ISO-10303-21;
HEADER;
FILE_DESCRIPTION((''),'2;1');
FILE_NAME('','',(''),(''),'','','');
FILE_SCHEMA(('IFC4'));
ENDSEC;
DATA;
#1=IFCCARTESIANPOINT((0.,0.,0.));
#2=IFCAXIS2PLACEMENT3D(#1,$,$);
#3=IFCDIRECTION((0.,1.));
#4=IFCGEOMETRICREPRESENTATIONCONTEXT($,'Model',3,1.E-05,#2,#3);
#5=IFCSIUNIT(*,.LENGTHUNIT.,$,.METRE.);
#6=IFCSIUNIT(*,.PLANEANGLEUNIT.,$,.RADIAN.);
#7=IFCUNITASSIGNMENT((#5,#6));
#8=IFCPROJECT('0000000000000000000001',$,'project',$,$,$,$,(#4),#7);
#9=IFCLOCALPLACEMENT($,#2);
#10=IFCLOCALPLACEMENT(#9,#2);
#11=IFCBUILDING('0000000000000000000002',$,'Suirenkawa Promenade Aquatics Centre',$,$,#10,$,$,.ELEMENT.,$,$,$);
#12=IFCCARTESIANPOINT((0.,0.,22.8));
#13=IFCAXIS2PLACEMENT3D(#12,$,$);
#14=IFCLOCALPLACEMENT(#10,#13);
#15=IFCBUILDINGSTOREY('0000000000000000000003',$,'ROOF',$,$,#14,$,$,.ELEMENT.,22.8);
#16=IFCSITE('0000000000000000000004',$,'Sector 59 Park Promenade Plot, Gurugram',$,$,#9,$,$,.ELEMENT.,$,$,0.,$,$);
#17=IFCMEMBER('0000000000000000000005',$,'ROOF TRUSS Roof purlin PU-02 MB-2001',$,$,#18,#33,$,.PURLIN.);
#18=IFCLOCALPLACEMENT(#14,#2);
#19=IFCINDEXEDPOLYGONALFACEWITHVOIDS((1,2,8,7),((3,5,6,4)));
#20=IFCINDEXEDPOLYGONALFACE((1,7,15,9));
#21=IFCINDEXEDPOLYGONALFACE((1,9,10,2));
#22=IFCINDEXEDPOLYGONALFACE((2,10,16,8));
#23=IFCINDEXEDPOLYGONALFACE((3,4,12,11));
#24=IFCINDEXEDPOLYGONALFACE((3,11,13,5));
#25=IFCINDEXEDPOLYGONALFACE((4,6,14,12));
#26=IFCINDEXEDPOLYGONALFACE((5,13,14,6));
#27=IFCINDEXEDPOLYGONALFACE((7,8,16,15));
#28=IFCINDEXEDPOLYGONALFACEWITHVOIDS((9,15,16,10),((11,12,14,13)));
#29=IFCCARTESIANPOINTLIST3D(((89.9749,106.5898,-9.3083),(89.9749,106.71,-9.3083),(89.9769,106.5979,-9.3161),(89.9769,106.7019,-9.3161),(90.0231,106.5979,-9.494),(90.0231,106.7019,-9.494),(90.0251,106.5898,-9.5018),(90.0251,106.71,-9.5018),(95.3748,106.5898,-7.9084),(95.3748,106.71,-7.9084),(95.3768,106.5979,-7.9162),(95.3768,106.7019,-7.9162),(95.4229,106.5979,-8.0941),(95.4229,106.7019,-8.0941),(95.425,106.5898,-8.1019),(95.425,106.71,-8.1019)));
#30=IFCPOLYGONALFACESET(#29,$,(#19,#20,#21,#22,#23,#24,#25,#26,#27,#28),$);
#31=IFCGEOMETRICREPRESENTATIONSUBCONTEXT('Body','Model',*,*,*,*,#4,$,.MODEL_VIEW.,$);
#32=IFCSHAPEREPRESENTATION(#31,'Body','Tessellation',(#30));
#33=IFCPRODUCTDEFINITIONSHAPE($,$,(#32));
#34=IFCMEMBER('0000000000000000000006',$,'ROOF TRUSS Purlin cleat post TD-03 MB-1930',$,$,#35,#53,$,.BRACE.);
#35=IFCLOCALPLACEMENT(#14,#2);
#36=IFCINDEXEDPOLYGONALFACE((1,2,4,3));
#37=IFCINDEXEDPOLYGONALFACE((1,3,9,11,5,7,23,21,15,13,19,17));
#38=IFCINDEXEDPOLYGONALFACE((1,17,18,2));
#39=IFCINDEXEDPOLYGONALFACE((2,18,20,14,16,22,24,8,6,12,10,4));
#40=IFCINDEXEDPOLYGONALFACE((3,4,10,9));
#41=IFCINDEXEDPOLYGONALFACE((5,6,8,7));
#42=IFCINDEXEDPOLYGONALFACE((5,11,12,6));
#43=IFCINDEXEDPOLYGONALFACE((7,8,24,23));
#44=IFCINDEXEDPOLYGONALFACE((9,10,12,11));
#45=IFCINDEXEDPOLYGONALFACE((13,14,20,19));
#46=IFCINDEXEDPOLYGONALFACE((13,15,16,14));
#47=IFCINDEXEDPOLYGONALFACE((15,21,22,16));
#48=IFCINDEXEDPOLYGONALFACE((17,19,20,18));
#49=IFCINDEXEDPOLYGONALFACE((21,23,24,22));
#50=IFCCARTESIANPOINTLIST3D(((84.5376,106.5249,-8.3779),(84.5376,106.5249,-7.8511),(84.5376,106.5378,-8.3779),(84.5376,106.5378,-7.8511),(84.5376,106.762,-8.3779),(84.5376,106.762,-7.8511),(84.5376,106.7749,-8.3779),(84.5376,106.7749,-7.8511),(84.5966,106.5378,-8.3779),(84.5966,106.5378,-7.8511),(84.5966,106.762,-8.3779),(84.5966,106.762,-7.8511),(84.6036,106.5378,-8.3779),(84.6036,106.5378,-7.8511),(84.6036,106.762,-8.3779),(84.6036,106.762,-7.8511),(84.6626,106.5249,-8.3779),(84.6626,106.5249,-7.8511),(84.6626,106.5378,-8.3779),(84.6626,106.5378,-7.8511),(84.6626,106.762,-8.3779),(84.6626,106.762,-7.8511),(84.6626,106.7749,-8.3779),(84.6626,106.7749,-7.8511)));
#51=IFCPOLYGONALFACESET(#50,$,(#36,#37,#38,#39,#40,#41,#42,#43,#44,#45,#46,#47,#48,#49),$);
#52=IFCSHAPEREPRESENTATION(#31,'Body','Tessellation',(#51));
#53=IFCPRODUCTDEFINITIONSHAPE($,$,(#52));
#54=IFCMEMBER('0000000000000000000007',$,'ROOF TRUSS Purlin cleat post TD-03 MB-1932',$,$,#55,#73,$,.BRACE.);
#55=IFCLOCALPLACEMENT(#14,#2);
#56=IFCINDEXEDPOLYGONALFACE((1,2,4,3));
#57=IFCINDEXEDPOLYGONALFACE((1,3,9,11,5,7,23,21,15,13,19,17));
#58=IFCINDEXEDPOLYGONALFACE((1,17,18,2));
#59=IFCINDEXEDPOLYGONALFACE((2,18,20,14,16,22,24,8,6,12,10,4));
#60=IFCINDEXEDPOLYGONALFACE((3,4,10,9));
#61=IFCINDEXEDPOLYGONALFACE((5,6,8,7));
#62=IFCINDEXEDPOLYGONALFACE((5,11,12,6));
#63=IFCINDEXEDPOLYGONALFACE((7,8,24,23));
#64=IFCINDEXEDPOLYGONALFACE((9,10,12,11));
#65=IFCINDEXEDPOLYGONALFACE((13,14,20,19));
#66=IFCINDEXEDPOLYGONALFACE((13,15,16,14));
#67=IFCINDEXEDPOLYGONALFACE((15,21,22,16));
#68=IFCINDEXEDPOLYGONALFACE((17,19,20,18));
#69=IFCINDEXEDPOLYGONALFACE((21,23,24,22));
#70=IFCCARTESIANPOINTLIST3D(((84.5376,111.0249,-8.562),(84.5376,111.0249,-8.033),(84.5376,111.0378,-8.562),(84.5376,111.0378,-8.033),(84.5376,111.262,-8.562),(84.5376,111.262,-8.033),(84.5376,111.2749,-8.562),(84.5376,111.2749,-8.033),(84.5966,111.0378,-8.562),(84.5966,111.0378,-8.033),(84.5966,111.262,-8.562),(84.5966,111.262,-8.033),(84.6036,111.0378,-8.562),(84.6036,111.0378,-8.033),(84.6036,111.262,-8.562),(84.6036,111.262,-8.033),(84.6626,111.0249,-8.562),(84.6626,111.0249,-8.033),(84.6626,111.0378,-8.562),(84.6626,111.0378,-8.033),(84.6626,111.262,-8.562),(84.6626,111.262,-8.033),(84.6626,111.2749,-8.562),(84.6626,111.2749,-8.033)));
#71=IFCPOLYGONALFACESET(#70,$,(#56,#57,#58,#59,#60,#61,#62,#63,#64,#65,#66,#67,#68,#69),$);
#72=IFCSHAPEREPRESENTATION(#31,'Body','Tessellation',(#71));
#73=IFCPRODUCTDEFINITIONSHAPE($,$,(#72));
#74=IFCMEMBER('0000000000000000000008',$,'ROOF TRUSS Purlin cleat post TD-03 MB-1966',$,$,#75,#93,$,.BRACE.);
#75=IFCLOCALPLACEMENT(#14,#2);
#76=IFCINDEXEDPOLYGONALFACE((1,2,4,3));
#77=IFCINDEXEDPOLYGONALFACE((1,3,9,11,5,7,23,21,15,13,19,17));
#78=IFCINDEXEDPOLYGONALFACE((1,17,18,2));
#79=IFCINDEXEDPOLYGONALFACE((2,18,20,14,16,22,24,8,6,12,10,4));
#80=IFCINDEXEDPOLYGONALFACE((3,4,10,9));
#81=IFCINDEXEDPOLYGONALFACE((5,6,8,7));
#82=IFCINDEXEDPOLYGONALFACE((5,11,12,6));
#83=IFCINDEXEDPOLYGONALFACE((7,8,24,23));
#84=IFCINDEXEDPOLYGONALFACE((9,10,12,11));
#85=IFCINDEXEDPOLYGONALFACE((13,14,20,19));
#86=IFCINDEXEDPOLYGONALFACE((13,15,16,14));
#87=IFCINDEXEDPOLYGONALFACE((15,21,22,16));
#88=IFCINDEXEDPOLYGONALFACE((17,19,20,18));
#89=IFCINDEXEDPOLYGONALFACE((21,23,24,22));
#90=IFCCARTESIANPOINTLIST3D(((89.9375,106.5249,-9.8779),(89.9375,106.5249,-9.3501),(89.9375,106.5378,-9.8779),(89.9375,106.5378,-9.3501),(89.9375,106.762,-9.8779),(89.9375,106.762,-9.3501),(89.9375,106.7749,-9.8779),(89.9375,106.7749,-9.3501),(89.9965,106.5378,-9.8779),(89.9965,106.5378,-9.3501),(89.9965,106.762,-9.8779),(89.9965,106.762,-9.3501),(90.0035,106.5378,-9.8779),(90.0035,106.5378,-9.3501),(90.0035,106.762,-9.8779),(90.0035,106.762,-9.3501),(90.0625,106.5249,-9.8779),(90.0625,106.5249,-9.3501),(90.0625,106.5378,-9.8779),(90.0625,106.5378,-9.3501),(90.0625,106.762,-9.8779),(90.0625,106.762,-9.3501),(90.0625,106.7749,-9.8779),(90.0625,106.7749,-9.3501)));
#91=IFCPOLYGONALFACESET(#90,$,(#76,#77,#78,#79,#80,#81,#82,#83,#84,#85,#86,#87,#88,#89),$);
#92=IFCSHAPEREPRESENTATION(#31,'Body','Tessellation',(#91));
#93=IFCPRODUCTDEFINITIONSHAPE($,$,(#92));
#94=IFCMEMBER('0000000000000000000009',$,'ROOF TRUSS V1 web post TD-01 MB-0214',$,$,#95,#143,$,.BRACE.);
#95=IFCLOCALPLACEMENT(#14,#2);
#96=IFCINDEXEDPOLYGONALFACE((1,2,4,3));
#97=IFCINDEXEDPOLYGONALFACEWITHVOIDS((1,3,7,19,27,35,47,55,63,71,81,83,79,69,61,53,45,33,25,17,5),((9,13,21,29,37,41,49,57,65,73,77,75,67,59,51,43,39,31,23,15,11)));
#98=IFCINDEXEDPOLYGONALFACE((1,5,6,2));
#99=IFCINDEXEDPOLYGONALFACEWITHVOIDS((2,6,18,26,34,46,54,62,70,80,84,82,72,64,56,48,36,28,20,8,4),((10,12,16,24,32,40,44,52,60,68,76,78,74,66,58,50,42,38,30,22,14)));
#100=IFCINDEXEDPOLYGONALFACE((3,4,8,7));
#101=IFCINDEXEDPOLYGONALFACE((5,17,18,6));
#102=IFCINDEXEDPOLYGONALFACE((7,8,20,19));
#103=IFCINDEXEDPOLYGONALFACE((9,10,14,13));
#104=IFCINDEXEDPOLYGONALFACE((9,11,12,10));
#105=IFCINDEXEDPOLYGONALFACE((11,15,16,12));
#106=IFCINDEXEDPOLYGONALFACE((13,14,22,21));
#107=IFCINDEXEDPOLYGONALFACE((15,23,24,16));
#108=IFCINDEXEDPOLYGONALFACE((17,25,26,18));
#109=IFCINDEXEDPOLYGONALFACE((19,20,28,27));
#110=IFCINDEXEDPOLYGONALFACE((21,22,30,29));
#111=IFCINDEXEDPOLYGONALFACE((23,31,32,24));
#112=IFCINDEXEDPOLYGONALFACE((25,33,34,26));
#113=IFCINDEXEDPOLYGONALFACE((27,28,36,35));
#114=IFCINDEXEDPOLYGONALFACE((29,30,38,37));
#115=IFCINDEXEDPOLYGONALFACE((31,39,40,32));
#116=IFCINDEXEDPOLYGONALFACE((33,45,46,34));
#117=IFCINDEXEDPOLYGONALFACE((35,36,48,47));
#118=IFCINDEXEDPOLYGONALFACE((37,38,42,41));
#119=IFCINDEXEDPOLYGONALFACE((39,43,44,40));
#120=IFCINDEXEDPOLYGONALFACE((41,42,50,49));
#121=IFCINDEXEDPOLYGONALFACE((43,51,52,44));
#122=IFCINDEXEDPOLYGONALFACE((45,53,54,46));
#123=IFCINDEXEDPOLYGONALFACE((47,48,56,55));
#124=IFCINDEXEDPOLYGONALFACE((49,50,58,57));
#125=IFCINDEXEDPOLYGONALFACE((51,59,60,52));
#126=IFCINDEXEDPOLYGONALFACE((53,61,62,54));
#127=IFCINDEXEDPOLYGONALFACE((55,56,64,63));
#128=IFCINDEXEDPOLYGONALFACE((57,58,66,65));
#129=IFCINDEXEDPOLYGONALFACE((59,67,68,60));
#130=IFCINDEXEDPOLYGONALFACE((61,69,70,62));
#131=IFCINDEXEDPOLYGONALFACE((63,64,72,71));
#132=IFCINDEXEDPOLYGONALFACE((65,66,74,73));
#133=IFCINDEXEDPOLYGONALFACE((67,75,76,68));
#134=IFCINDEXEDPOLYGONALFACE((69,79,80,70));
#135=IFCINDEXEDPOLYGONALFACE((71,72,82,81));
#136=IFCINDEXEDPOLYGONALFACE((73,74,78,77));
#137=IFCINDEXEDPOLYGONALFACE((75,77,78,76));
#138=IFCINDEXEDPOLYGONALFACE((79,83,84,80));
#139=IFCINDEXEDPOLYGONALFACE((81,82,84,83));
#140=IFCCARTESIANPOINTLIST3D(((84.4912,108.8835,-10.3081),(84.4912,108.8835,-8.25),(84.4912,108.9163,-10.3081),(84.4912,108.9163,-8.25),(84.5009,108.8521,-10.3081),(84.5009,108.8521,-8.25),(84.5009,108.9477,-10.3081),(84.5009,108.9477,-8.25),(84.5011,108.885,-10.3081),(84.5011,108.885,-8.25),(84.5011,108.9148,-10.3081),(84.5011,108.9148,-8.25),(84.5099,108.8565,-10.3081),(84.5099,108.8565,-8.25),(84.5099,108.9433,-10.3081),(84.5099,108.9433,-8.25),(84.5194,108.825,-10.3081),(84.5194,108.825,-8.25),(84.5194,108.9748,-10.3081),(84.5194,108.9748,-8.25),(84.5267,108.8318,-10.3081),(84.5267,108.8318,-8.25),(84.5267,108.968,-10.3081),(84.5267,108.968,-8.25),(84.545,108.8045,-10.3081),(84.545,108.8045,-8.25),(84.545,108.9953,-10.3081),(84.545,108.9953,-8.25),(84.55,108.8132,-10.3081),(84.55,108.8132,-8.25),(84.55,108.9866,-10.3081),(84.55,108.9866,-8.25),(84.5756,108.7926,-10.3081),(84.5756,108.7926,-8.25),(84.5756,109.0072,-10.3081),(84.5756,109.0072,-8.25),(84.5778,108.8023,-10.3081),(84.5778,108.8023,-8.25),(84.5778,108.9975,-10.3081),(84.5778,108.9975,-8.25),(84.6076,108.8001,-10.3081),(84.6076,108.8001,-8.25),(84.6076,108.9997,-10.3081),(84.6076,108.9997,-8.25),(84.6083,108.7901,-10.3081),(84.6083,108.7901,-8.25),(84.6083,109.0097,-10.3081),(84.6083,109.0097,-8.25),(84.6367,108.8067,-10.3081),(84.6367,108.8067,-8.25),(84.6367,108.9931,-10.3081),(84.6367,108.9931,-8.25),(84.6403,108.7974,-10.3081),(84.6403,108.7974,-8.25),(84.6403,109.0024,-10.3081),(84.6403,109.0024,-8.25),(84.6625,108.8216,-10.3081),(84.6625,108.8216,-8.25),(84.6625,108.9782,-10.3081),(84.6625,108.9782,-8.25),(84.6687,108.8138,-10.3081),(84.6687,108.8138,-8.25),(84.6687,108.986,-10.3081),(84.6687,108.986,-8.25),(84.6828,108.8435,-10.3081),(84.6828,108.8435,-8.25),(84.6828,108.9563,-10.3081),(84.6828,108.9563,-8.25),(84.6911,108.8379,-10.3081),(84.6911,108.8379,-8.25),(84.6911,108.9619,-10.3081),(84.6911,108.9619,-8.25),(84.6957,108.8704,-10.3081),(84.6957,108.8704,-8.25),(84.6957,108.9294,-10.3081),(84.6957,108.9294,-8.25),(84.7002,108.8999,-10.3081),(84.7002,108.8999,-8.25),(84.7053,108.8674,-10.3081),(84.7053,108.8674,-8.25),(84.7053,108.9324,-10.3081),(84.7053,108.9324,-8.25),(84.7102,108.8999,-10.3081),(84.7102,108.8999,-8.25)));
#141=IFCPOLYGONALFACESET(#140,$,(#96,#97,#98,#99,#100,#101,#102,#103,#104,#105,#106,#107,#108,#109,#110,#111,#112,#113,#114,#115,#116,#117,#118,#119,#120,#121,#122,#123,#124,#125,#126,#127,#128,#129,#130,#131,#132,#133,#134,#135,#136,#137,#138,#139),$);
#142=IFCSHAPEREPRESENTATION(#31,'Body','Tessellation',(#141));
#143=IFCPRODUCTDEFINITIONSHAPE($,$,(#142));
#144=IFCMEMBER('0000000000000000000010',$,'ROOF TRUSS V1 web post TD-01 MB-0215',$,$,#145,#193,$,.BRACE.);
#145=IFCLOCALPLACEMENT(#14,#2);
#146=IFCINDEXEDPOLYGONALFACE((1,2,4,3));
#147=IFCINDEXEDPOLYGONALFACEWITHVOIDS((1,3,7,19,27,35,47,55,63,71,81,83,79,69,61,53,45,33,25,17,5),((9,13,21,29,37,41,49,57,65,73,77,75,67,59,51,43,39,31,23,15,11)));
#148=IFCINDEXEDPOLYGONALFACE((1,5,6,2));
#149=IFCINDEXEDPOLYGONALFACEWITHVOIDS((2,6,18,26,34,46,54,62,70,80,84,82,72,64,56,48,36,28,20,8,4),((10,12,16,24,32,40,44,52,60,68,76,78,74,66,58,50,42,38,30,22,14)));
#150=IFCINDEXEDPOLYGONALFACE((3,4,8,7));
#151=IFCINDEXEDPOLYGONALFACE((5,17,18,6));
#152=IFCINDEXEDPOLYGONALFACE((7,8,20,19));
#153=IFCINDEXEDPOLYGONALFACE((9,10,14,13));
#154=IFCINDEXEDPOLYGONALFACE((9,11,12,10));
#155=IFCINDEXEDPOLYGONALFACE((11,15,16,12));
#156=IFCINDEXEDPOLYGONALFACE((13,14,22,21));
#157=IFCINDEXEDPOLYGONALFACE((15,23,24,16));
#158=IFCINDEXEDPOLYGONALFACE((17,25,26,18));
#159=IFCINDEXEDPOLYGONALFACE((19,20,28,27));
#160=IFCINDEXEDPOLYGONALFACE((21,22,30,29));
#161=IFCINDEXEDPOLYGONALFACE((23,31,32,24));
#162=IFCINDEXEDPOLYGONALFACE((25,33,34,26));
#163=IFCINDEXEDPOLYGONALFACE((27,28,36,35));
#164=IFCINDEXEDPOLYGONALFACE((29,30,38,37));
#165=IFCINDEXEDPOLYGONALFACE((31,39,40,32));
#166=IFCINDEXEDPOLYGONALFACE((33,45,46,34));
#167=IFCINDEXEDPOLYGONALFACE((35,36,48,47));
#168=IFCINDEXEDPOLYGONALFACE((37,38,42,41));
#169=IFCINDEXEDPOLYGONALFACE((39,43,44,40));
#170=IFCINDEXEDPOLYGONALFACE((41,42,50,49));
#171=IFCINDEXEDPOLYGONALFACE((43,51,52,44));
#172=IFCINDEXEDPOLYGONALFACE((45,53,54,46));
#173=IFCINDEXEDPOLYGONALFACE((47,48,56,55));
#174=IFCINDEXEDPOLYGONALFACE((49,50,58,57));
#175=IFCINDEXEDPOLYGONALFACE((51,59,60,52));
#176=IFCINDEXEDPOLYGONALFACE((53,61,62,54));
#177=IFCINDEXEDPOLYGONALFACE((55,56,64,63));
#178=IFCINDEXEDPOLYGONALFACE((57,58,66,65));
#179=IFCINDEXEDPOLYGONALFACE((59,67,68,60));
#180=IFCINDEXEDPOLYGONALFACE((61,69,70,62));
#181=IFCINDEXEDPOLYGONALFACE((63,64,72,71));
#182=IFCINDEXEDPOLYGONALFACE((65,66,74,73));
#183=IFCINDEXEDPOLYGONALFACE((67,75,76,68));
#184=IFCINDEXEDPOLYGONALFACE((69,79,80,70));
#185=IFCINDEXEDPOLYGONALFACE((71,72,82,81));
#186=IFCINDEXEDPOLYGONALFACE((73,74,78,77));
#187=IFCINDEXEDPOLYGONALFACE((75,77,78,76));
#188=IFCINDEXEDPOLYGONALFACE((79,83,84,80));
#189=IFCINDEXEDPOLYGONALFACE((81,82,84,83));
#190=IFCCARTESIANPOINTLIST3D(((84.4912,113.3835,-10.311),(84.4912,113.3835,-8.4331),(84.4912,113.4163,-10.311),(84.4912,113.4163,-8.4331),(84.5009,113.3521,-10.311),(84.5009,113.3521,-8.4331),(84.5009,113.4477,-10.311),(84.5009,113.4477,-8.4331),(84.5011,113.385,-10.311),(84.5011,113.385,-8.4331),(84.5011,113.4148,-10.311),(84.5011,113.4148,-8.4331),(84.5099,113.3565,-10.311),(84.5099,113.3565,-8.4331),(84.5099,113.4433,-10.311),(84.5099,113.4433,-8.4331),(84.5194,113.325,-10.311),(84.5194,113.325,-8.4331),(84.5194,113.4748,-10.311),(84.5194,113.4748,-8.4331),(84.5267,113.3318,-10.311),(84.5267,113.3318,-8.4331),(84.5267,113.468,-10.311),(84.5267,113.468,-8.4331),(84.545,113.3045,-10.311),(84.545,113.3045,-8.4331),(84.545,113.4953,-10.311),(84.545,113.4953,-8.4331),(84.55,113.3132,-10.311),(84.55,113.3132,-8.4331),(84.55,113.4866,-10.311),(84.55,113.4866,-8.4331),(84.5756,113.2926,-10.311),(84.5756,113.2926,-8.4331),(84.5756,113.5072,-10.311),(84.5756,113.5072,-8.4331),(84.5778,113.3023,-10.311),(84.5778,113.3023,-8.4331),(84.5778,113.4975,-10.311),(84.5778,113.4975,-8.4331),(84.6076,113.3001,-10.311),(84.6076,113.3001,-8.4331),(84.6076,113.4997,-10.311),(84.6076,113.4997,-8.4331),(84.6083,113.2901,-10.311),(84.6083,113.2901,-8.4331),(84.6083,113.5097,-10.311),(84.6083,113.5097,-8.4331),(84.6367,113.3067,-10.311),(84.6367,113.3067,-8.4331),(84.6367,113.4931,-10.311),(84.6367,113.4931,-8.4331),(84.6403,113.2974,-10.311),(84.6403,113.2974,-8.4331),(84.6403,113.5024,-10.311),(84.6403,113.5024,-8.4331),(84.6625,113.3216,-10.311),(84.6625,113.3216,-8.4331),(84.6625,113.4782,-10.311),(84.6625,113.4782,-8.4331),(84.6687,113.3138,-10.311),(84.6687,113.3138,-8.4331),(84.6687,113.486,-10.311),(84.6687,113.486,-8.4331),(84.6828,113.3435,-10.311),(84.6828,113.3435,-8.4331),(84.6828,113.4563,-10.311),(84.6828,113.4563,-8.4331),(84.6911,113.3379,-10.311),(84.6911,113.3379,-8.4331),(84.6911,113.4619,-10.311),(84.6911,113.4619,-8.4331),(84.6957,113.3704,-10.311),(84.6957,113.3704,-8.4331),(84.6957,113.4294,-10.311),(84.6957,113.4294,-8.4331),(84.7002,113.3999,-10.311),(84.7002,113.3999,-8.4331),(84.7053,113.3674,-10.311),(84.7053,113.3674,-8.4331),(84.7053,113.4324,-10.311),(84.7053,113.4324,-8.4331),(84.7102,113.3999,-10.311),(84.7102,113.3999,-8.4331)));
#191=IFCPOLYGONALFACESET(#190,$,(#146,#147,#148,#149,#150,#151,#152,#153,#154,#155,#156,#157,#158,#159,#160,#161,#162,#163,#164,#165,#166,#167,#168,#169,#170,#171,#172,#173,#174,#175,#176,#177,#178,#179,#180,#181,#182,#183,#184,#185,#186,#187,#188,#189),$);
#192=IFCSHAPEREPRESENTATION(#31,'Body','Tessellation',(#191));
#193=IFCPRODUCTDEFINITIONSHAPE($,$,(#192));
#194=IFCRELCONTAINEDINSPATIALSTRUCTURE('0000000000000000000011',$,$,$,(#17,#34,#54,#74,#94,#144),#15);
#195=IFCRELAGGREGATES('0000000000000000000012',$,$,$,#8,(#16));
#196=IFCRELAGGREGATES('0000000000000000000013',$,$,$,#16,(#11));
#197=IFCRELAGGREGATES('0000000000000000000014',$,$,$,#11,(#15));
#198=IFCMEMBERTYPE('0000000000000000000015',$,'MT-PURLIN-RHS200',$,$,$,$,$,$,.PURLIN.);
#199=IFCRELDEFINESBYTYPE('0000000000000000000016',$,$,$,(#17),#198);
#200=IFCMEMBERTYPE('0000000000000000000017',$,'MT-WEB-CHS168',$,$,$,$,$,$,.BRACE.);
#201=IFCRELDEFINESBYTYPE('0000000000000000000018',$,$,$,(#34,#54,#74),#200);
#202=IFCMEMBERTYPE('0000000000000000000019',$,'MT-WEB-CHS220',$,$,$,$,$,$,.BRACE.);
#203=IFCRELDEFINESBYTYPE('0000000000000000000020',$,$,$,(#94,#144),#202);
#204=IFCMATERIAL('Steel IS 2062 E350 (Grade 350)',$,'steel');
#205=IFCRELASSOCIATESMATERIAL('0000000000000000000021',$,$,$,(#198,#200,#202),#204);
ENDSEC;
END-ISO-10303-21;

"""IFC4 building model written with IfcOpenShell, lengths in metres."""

from ifc_helpers import new_model, si_unit, direction, frame, origin, origin_2d, place, context, subcontext, project, spatial, hollow_rectangle, hollow_circle, i_section, extrude, material, material_profile, profile_set, type_object, element, save


model = new_model("IFC4")

# Units and contexts
model_context = context("Model", 3, precision=1e-05, world=origin(), true_north=direction((0.0, 1.0)))
body_context = subcontext(model_context, "Body", "Model", "MODEL_VIEW")
ifc_project = project(units=[si_unit("LENGTHUNIT", "METRE"), si_unit("PLANEANGLEUNIT", "RADIAN")], contexts=[model_context])

# Site, building, storey
site_placement = place(None, origin())
site = spatial("IfcSite", under=ifc_project, at=site_placement, Name="Sector 59 Park Promenade Plot, Gurugram", CompositionType="ELEMENT", RefElevation=0.0)
building_placement = place(site_placement, origin())
building = spatial("IfcBuilding", under=site, at=building_placement, Name="Suirenkawa Promenade Aquatics Centre", CompositionType="ELEMENT")
storey_placement = place(building_placement, frame((0.0, 0.0, 22.8)))
storey = spatial("IfcBuildingStorey", under=building, at=storey_placement, Name="ROOF", CompositionType="ELEMENT", Elevation=22.8)

# Shared definitions
ifc_material = material(Name="Steel IS 2062 E350 (Grade 350)", Category="steel")

# Members
ifc_material_profile_1 = material_profile(ifc_material, hollow_rectangle(XDim=0.1201, YDim=0.2, WallThickness=0.0081, at=origin_2d()), Name="RHS 200x120x8", Category="steel")
ifc_profile_set_1 = profile_set([ifc_material_profile_1], Name="Steel IS 2062 E350 (Grade 350)")
member_type_1 = type_object("IfcMemberType", Name="MT-PURLIN-RHS200", PredefinedType="PURLIN", material=ifc_profile_set_1)
member_1_placement = place(storey_placement, frame((90.0, 106.6499, -9.405), z_axis=(0.968, 0.0, 0.25095), x_axis=(0.0, 1.0, 0.0)))
element("IfcMember", 1, at=member_1_placement, inside=storey, type_object=member_type_1, Name="ROOF TRUSS Roof purlin PU-02 MB-2001", PredefinedType="PURLIN", context=body_context, shape_type="SweptSolid", body=[
    extrude(hollow_rectangle(XDim=0.1201, YDim=0.2, WallThickness=0.0081, at=origin_2d()), origin(), (0.0, 0.0, 1.0), 5.5784),
])
ifc_material_profile_2 = material_profile(ifc_material, i_section(OverallWidth=0.125, OverallDepth=0.25, WebThickness=0.0071, FlangeThickness=0.0129, at=origin_2d()), Name="ISMB 250", Category="steel")
ifc_profile_set_2 = profile_set([ifc_material_profile_2], Name="Steel IS 2062 E350 (Grade 350)")
member_type_2 = type_object("IfcMemberType", Name="MT-WEB-CHS168", PredefinedType="BRACE", material=ifc_profile_set_2)
member_2_placement = place(storey_placement, frame((84.6001, 106.6499, -8.3779), z_axis=(0.0, 0.0, 1.0), x_axis=(1.0, 0.0, 0.0)))
element("IfcMember", 2, at=member_2_placement, inside=storey, type_object=member_type_2, Name="ROOF TRUSS Purlin cleat post TD-03 MB-1930", PredefinedType="BRACE", context=body_context, shape_type="SweptSolid", body=[
    extrude(i_section(OverallWidth=0.125, OverallDepth=0.25, WebThickness=0.0071, FlangeThickness=0.0129, at=origin_2d()), origin(), (0.0, 0.0, 1.0), 0.5269),
])
member_3_placement = place(storey_placement, frame((84.6001, 111.1499, -8.562), z_axis=(0.0, 0.0, 1.0), x_axis=(1.0, 0.0, 0.0)))
element("IfcMember", 3, at=member_3_placement, inside=storey, type_object=member_type_2, Name="ROOF TRUSS Purlin cleat post TD-03 MB-1932", PredefinedType="BRACE", context=body_context, shape_type="SweptSolid", body=[
    extrude(i_section(OverallWidth=0.125, OverallDepth=0.25, WebThickness=0.0071, FlangeThickness=0.0129, at=origin_2d()), origin(), (0.0, 0.0, 1.0), 0.5291),
])
member_4_placement = place(storey_placement, frame((90.0, 106.6499, -9.8779), z_axis=(0.0, 0.0, 1.0), x_axis=(1.0, 0.0, 0.0)))
element("IfcMember", 4, at=member_4_placement, inside=storey, type_object=member_type_2, Name="ROOF TRUSS Purlin cleat post TD-03 MB-1966", PredefinedType="BRACE", context=body_context, shape_type="SweptSolid", body=[
    extrude(i_section(OverallWidth=0.125, OverallDepth=0.25, WebThickness=0.0071, FlangeThickness=0.0129, at=origin_2d()), origin(), (0.0, 0.0, 1.0), 0.5278),
])
ifc_material_profile_3 = material_profile(ifc_material, hollow_circle(Radius=0.1101, WallThickness=0.01, at=origin_2d()), Name="CHS 220x10", Category="steel")
ifc_profile_set_3 = profile_set([ifc_material_profile_3], Name="Steel IS 2062 E350 (Grade 350)")
member_type_3 = type_object("IfcMemberType", Name="MT-WEB-CHS220", PredefinedType="BRACE", material=ifc_profile_set_3)
member_5_placement = place(storey_placement, frame((84.6001, 108.8999, -10.3081), z_axis=(0.0, 0.0, 1.0), x_axis=(1.0, 0.0, 0.0)))
element("IfcMember", 5, at=member_5_placement, inside=storey, type_object=member_type_3, Name="ROOF TRUSS V1 web post TD-01 MB-0214", PredefinedType="BRACE", context=body_context, shape_type="SweptSolid", body=[
    extrude(hollow_circle(Radius=0.1101, WallThickness=0.01, at=origin_2d()), origin(), (0.0, 0.0, 1.0), 2.0581),
])
member_6_placement = place(storey_placement, frame((84.6001, 113.3999, -10.311), z_axis=(0.0, 0.0, 1.0), x_axis=(1.0, 0.0, 0.0)))
element("IfcMember", 6, at=member_6_placement, inside=storey, type_object=member_type_3, Name="ROOF TRUSS V1 web post TD-01 MB-0215", PredefinedType="BRACE", context=body_context, shape_type="SweptSolid", body=[
    extrude(hollow_circle(Radius=0.1101, WallThickness=0.01, at=origin_2d()), origin(), (0.0, 0.0, 1.0), 1.8779),
])

save(model, "model.ifc")
